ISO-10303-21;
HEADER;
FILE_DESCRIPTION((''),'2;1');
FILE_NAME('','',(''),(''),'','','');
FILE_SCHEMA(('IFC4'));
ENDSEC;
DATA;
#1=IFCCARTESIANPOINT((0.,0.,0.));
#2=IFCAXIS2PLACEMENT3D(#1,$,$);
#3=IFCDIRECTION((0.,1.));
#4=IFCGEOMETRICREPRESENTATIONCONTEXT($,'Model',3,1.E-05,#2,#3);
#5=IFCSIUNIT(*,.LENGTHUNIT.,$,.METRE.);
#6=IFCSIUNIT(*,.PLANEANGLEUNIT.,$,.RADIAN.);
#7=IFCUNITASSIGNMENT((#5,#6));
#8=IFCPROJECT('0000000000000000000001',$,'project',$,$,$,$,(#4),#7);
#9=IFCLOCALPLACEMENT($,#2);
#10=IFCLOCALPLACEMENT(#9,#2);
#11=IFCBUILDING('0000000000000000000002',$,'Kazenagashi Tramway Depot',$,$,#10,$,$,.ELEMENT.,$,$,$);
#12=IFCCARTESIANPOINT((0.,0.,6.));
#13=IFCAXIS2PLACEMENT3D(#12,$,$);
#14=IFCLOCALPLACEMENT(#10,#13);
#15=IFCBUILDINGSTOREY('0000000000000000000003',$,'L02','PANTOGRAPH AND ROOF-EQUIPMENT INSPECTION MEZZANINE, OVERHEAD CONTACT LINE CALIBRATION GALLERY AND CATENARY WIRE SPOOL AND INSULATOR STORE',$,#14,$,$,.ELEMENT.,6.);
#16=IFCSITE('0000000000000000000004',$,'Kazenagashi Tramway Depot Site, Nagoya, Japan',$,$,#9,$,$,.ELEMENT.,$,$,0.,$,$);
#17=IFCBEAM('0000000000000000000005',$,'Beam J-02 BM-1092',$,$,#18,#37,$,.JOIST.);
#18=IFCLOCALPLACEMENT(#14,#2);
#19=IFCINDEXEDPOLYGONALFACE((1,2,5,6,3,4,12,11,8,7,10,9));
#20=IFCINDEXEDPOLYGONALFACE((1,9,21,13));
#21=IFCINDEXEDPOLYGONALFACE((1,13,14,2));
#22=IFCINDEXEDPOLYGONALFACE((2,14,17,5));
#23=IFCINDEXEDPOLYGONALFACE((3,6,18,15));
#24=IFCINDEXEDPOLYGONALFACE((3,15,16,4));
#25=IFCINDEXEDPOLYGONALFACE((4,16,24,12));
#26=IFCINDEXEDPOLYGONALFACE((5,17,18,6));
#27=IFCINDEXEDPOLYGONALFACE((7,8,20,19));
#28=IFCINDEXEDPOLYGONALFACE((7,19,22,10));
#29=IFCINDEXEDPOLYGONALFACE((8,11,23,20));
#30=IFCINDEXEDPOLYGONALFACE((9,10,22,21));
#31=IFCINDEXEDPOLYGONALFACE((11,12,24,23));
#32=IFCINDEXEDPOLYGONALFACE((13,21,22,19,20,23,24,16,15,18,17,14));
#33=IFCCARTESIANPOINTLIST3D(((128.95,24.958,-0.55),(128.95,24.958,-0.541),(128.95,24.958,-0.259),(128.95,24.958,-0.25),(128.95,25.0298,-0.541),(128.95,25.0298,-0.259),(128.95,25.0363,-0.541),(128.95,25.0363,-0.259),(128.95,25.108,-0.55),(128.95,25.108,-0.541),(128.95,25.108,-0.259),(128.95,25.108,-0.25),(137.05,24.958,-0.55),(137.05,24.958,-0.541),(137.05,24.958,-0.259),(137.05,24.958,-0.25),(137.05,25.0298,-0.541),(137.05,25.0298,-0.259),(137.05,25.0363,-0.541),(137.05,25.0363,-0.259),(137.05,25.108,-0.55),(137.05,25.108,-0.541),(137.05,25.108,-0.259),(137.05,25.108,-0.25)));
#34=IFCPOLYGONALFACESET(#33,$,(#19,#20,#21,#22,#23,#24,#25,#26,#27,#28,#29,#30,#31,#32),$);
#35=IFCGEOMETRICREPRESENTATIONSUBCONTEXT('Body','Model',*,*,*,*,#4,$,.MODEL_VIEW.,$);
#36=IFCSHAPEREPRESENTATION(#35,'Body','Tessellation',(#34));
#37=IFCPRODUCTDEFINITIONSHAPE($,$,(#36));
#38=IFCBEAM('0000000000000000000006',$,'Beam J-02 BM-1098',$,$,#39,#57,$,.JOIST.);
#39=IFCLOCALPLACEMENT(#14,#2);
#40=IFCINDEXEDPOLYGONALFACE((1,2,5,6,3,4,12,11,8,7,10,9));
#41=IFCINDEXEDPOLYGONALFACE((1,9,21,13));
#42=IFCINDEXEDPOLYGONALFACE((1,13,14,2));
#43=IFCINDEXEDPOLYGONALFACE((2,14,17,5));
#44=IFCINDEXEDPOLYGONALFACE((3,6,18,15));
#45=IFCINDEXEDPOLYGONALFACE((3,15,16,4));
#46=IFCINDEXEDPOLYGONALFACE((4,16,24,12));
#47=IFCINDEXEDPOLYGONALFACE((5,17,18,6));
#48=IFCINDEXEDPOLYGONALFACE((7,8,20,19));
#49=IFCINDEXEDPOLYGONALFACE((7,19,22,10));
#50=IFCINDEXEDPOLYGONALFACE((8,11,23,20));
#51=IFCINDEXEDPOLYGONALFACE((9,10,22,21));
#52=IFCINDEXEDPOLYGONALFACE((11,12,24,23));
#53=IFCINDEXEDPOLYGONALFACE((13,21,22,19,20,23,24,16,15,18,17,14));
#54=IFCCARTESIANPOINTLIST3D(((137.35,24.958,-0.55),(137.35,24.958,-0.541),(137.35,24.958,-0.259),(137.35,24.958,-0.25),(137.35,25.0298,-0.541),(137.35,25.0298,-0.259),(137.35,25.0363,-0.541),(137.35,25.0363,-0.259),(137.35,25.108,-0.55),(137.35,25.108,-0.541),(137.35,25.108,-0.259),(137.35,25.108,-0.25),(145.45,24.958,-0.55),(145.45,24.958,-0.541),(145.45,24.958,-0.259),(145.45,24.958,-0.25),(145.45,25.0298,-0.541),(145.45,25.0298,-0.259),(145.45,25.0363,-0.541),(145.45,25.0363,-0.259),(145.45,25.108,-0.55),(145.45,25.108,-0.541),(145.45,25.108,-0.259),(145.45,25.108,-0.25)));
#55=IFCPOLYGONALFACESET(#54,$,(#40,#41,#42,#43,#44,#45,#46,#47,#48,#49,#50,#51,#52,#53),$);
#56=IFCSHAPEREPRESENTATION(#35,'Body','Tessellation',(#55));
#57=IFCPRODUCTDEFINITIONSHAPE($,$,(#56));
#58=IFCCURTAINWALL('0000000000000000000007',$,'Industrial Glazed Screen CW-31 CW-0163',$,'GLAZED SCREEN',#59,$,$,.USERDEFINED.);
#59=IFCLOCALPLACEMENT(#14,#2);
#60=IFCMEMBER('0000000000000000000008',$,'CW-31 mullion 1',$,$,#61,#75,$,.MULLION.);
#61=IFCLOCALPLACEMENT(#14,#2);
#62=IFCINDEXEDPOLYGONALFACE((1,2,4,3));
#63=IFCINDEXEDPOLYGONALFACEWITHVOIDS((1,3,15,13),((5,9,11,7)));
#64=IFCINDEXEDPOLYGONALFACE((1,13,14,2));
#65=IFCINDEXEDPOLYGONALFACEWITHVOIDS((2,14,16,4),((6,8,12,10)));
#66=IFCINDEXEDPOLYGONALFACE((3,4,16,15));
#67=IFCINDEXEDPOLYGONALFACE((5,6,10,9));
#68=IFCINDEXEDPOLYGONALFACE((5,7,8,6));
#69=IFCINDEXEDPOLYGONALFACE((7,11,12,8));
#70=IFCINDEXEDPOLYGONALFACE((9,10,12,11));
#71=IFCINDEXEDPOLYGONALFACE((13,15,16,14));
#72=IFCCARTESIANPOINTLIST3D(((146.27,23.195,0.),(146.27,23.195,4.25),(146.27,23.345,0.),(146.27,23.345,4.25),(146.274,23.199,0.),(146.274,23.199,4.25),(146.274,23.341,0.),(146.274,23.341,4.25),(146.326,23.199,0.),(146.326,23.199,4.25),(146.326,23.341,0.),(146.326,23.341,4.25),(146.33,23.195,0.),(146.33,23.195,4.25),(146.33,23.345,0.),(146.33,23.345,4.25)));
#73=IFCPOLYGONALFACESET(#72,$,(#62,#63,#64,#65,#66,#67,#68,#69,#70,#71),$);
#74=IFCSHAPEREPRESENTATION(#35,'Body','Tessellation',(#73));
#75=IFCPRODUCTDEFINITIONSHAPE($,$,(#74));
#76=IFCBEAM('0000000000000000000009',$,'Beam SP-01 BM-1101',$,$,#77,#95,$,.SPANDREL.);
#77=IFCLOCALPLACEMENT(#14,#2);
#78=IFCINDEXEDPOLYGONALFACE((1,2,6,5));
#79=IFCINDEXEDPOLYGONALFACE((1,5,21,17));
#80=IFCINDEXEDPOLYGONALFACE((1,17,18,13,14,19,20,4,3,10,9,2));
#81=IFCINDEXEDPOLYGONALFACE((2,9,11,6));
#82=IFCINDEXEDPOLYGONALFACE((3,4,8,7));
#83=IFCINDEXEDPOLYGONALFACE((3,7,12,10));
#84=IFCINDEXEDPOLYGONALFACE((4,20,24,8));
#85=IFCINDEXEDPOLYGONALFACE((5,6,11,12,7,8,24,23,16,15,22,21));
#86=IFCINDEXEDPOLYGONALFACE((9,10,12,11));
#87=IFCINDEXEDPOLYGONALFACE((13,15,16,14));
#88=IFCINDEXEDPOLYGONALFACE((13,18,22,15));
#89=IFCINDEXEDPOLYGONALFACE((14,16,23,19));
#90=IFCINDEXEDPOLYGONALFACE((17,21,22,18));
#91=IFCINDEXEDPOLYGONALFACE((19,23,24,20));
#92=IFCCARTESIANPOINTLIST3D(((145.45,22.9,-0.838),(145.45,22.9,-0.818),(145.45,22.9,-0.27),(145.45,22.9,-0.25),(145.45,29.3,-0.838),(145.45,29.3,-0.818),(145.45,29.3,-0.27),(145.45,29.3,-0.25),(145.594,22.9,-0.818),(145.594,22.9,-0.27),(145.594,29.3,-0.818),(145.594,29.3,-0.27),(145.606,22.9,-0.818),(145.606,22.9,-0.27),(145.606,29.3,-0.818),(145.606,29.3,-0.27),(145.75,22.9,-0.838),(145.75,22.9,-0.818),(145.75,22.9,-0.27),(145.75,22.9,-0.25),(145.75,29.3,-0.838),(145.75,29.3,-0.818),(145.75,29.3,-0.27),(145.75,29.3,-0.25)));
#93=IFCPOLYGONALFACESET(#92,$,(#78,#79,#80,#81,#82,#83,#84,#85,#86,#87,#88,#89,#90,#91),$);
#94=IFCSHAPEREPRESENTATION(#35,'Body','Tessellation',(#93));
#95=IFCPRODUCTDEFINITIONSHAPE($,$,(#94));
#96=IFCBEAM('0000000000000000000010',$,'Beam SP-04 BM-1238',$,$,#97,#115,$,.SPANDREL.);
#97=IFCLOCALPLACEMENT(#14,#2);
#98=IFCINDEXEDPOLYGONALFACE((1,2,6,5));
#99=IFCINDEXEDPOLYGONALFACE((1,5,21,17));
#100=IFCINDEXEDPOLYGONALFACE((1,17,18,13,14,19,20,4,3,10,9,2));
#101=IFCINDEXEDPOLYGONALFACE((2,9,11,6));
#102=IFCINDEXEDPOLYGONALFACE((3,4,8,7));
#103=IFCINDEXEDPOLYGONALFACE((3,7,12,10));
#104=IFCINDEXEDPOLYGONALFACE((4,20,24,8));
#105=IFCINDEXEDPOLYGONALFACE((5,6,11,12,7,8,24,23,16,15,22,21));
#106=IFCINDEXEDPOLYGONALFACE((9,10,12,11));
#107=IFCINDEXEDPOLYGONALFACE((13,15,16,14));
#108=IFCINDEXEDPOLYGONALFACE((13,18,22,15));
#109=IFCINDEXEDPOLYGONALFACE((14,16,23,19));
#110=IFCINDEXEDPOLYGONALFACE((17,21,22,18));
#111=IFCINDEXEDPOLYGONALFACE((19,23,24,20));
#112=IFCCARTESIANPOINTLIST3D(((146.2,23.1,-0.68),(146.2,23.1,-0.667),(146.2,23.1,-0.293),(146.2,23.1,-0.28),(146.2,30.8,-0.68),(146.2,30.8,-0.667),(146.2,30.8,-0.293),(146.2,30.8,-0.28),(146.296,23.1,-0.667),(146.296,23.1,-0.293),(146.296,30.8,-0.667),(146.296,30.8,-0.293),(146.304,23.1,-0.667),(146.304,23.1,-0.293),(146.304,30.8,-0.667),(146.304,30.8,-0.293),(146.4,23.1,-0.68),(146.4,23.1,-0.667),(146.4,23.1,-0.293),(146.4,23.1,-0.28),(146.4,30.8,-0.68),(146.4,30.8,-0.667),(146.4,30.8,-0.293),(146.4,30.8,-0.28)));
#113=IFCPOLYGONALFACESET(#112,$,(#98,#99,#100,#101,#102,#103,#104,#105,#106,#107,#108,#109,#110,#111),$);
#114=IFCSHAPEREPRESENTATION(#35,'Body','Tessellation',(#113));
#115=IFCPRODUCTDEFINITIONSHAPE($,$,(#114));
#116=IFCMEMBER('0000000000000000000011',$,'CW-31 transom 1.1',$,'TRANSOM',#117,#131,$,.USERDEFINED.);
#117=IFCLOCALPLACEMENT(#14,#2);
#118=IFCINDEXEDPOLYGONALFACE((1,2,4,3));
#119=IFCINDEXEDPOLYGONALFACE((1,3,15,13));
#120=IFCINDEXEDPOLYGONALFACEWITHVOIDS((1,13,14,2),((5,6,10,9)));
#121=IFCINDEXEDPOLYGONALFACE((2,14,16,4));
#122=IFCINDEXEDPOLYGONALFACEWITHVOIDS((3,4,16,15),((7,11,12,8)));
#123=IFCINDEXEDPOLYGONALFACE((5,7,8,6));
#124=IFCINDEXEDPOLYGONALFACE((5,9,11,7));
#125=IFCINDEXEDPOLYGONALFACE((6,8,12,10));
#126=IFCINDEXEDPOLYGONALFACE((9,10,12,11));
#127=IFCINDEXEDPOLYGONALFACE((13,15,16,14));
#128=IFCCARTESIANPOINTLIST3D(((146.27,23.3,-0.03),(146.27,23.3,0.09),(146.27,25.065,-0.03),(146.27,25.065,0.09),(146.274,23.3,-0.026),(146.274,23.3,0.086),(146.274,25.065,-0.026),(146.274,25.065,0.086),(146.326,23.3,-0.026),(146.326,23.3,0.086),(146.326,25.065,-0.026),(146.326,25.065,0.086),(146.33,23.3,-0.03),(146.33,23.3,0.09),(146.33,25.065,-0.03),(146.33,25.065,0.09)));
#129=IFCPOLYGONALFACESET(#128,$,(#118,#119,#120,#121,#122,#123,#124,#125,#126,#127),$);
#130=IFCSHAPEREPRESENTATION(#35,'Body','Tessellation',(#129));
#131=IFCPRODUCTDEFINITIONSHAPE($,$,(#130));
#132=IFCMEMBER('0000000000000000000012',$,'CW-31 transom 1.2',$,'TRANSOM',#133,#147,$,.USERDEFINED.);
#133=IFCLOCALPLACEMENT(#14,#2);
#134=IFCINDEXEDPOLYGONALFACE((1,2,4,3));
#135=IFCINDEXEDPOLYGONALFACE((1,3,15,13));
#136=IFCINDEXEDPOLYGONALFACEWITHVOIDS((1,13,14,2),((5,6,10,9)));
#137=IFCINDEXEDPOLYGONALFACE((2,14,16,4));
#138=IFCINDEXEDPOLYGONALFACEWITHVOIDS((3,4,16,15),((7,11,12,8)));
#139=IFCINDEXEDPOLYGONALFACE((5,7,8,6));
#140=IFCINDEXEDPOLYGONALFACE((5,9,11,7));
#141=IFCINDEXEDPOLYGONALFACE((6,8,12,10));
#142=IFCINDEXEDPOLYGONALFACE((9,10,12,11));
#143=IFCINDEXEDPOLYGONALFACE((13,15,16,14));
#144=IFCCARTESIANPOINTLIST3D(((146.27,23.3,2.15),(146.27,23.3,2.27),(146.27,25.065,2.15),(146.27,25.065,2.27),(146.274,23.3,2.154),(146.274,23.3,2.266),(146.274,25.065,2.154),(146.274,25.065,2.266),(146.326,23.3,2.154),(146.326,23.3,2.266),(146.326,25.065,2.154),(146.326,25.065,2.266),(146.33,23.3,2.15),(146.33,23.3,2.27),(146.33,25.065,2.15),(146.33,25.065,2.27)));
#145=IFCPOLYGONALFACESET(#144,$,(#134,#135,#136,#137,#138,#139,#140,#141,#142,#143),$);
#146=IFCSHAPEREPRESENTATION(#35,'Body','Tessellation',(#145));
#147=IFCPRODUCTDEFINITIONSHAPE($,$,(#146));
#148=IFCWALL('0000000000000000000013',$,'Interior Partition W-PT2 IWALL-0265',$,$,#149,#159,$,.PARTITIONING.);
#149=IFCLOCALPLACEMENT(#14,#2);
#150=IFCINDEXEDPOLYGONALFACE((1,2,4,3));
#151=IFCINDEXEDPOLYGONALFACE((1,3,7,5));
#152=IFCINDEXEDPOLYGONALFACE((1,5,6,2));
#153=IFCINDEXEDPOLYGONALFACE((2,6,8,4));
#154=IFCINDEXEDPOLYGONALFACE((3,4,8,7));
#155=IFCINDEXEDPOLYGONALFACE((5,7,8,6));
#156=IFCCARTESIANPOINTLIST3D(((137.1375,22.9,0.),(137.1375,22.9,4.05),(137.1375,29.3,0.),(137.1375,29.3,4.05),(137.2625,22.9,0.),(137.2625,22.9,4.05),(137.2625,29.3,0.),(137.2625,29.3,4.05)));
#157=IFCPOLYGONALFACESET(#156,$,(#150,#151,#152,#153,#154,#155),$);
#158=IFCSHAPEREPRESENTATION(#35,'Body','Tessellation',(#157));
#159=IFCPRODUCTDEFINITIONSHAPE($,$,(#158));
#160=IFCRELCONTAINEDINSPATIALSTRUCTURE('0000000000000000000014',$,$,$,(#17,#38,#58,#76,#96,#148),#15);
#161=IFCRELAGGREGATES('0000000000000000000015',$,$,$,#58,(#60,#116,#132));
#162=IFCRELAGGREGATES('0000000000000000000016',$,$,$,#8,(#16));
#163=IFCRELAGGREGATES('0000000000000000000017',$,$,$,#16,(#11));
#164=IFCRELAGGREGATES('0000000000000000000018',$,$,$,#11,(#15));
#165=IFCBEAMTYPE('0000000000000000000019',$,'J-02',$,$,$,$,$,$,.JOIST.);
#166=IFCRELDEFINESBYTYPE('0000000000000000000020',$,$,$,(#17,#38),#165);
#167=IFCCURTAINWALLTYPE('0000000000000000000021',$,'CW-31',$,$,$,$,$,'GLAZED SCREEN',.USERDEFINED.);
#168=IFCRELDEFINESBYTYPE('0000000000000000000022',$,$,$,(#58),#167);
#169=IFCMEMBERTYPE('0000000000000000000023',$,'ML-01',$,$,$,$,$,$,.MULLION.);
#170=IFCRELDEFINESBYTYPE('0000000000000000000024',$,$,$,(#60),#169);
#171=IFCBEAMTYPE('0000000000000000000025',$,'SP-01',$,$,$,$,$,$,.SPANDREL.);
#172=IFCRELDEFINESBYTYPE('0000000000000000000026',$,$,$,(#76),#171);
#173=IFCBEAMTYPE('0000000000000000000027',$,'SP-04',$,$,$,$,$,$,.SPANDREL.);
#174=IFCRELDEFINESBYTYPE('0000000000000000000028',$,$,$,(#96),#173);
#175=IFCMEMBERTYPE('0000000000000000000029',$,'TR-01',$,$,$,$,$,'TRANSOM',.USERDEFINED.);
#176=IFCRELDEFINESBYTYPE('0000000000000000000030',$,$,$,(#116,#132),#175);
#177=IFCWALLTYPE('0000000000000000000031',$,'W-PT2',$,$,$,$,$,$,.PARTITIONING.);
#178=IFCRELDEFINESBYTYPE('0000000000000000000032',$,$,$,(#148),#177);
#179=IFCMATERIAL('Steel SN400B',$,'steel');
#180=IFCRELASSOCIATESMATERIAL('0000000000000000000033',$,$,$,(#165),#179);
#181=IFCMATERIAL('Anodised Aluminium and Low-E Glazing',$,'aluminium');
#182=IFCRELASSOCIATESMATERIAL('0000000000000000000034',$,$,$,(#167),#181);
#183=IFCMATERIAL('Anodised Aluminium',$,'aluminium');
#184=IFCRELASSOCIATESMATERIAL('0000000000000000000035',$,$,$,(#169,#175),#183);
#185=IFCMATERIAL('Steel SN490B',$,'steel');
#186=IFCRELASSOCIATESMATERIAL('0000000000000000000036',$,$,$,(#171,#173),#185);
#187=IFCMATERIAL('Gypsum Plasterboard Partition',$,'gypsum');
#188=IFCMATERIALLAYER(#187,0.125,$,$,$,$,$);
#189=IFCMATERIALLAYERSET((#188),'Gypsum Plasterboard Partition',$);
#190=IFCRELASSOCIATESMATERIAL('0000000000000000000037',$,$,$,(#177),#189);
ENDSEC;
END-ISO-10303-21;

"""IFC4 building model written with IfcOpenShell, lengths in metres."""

from ifc_helpers import new_model, si_unit, direction, frame, frame_2d, origin, origin_2d, place, context, subcontext, project, spatial, rectangle, hollow_rectangle, i_section, extrude, material, layer, layer_set, material_profile, profile_set, type_object, element, aggregate, save


model = new_model("IFC4")

# Units and contexts
model_context = context("Model", 3, precision=1e-05, world=origin(), true_north=direction((0.0, 1.0)))
body_context = subcontext(model_context, "Body", "Model", "MODEL_VIEW")
ifc_project = project(units=[si_unit("LENGTHUNIT", "METRE"), si_unit("PLANEANGLEUNIT", "RADIAN")], contexts=[model_context])

# Site, building, storey
site_placement = place(None, origin())
site = spatial("IfcSite", under=ifc_project, at=site_placement, Name="Kazenagashi Tramway Depot Site, Nagoya, Japan", CompositionType="ELEMENT", RefElevation=0.0)
building_placement = place(site_placement, origin())
building = spatial("IfcBuilding", under=site, at=building_placement, Name="Kazenagashi Tramway Depot", CompositionType="ELEMENT")
storey_placement = place(building_placement, frame((0.0, 0.0, 6.0)))
storey = spatial("IfcBuildingStorey", under=building, at=storey_placement, Name="L02", Description="PANTOGRAPH AND ROOF-EQUIPMENT INSPECTION MEZZANINE, OVERHEAD CONTACT LINE CALIBRATION GALLERY AND CATENARY WIRE SPOOL AND INSULATOR STORE", CompositionType="ELEMENT", Elevation=6.0)

# Shared definitions
ifc_material_1 = material(Name="Steel SN490B", Category="steel")

# Beams
ifc_material_2 = material(Name="Steel SN400B", Category="steel")
ifc_material_profile_1 = material_profile(ifc_material_2, i_section(OverallWidth=0.15, OverallDepth=0.3, WebThickness=0.0065, FlangeThickness=0.009, at=origin_2d()), Name="H-300x150x6.5x9")
ifc_profile_set_1 = profile_set([ifc_material_profile_1], Name="Steel SN400B")
beam_type_1 = type_object("IfcBeamType", Name="J-02", PredefinedType="JOIST", material=ifc_profile_set_1)
for number, where, z_axis, x_axis, name in (
    (1, (128.95, 25.033, -0.4), (1.0, 0.0, 0.0), (0.0, 1.0, 0.0), "Beam J-02 BM-1092"),
    (2, (137.35, 25.033, -0.4), (1.0, 0.0, 0.0), (0.0, 1.0, 0.0), "Beam J-02 BM-1098"),
):
    element("IfcBeam", number, at=place(storey_placement, frame(where, z_axis=z_axis, x_axis=x_axis)), inside=storey, type_object=beam_type_1, Name=name, PredefinedType="JOIST", context=body_context, shape_type="SweptSolid", body=[
        extrude(i_section(OverallWidth=0.15, OverallDepth=0.3, WebThickness=0.0065, FlangeThickness=0.009, at=origin_2d()), origin(), (0.0, 0.0, 1.0), 8.1),
    ])

# Curtain wall, member
ifc_material_3 = material(Name="Anodised Aluminium and Low-E Glazing", Category="aluminium")
curtain_wall_type = type_object("IfcCurtainWallType", Name="CW-31", ElementType="GLAZED SCREEN", PredefinedType="USERDEFINED", material=ifc_material_3)
curtain_wall_placement = place(storey_placement, origin())
curtain_wall = element("IfcCurtainWall", 3, at=curtain_wall_placement, inside=storey, type_object=curtain_wall_type, Name="Industrial Glazed Screen CW-31 CW-0163", ObjectType="GLAZED SCREEN", PredefinedType="USERDEFINED")
ifc_material_4 = material(Name="Anodised Aluminium", Category="aluminium")
ifc_material_profile_2 = material_profile(ifc_material_4, hollow_rectangle(XDim=0.06, YDim=0.15, WallThickness=0.004, at=origin_2d()), Name="RHS-150x60x4")
ifc_profile_set_2 = profile_set([ifc_material_profile_2], Name="Anodised Aluminium")
member_type_1 = type_object("IfcMemberType", Name="ML-01", PredefinedType="MULLION", material=ifc_profile_set_2)
member_1_placement = place(storey_placement, frame((146.3, 23.27, 0.0), z_axis=(0.0, 0.0, 1.0), x_axis=(-1.0, 0.0, 0.0)))
member_1 = element("IfcMember", 4, at=member_1_placement, type_object=member_type_1, Name="CW-31 mullion 1", PredefinedType="MULLION", context=body_context, shape_type="SweptSolid", body=[
    extrude(hollow_rectangle(XDim=0.06, YDim=0.15, WallThickness=0.004, at=origin_2d()), origin(), (0.0, 0.0, 1.0), 4.25),
])

# Beams
ifc_material_profile_3 = material_profile(ifc_material_1, i_section(OverallWidth=0.3, OverallDepth=0.588, WebThickness=0.012, FlangeThickness=0.02, at=origin_2d()), Name="H-588x300x12x20")
ifc_profile_set_3 = profile_set([ifc_material_profile_3], Name="Steel SN490B")
beam_type_2 = type_object("IfcBeamType", Name="SP-01", PredefinedType="SPANDREL", material=ifc_profile_set_3)
beam_1_placement = place(storey_placement, frame((145.6, 22.9, -0.544), z_axis=(0.0, 1.0, 0.0), x_axis=(-1.0, 0.0, 0.0)))
element("IfcBeam", 5, at=beam_1_placement, inside=storey, type_object=beam_type_2, Name="Beam SP-01 BM-1101", PredefinedType="SPANDREL", context=body_context, shape_type="SweptSolid", body=[
    extrude(i_section(OverallWidth=0.3, OverallDepth=0.588, WebThickness=0.012, FlangeThickness=0.02, at=origin_2d()), origin(), (0.0, 0.0, 1.0), 6.4),
])
ifc_material_profile_4 = material_profile(ifc_material_1, i_section(OverallWidth=0.2, OverallDepth=0.4, WebThickness=0.008, FlangeThickness=0.013, at=origin_2d()), Name="H-400x200x8x13")
ifc_profile_set_4 = profile_set([ifc_material_profile_4], Name="Steel SN490B")
beam_type_3 = type_object("IfcBeamType", Name="SP-04", PredefinedType="SPANDREL", material=ifc_profile_set_4)
beam_2_placement = place(storey_placement, frame((146.3, 23.1, -0.48), z_axis=(0.0, 1.0, 0.0), x_axis=(-1.0, 0.0, 0.0)))
element("IfcBeam", 6, at=beam_2_placement, inside=storey, type_object=beam_type_3, Name="Beam SP-04 BM-1238", PredefinedType="SPANDREL", context=body_context, shape_type="SweptSolid", body=[
    extrude(i_section(OverallWidth=0.2, OverallDepth=0.4, WebThickness=0.008, FlangeThickness=0.013, at=origin_2d()), origin(), (0.0, 0.0, 1.0), 7.7),
])

# Members
ifc_material_profile_5 = material_profile(ifc_material_4, hollow_rectangle(XDim=0.06, YDim=0.12, WallThickness=0.004, at=origin_2d()), Name="RHS-120x60x4")
ifc_profile_set_5 = profile_set([ifc_material_profile_5], Name="Anodised Aluminium")
member_type_2 = type_object("IfcMemberType", Name="TR-01", ElementType="TRANSOM", PredefinedType="USERDEFINED", material=ifc_profile_set_5)
member_2_placement = place(storey_placement, frame((146.3, 23.3, 0.03), z_axis=(0.0, 1.0, 0.0), x_axis=(-1.0, 0.0, 0.0)))
member_2 = element("IfcMember", 7, at=member_2_placement, type_object=member_type_2, Name="CW-31 transom 1.1", ObjectType="TRANSOM", PredefinedType="USERDEFINED", context=body_context, shape_type="SweptSolid", body=[
    extrude(hollow_rectangle(XDim=0.06, YDim=0.12, WallThickness=0.004, at=origin_2d()), origin(), (0.0, 0.0, 1.0), 1.765),
])
member_3_placement = place(storey_placement, frame((146.3, 23.3, 2.21), z_axis=(0.0, 1.0, 0.0), x_axis=(-1.0, 0.0, 0.0)))
member_3 = element("IfcMember", 8, at=member_3_placement, type_object=member_type_2, Name="CW-31 transom 1.2", ObjectType="TRANSOM", PredefinedType="USERDEFINED", context=body_context, shape_type="SweptSolid", body=[
    extrude(hollow_rectangle(XDim=0.06, YDim=0.12, WallThickness=0.004, at=origin_2d()), origin(), (0.0, 0.0, 1.0), 1.765),
])
aggregate(curtain_wall, [member_1, member_2, member_3])

# Wall
ifc_material_5 = material(Name="Gypsum Plasterboard Partition", Category="gypsum")
ifc_layer_1 = layer(ifc_material_5, 0.125)
ifc_layer_set_1 = layer_set([ifc_layer_1], Name="Gypsum Plasterboard Partition")
wall_type_1 = type_object("IfcWallType", Name="W-PT2", PredefinedType="PARTITIONING", material=ifc_layer_set_1)
wall_1_placement = place(storey_placement, frame((137.2, 22.9, 0.0), z_axis=(0.0, 0.0, 1.0), x_axis=(0.0, 1.0, 0.0)))
element("IfcWall", 9, at=wall_1_placement, inside=storey, type_object=wall_type_1, Name="Interior Partition W-PT2 IWALL-0265", PredefinedType="PARTITIONING", context=body_context, shape_type="SweptSolid", body=[
    extrude(rectangle(XDim=6.4, YDim=0.125, at=frame_2d((3.2, 0.0))), origin(), (0.0, 0.0, 1.0), 4.05),
])

save(model, "model.ifc")
